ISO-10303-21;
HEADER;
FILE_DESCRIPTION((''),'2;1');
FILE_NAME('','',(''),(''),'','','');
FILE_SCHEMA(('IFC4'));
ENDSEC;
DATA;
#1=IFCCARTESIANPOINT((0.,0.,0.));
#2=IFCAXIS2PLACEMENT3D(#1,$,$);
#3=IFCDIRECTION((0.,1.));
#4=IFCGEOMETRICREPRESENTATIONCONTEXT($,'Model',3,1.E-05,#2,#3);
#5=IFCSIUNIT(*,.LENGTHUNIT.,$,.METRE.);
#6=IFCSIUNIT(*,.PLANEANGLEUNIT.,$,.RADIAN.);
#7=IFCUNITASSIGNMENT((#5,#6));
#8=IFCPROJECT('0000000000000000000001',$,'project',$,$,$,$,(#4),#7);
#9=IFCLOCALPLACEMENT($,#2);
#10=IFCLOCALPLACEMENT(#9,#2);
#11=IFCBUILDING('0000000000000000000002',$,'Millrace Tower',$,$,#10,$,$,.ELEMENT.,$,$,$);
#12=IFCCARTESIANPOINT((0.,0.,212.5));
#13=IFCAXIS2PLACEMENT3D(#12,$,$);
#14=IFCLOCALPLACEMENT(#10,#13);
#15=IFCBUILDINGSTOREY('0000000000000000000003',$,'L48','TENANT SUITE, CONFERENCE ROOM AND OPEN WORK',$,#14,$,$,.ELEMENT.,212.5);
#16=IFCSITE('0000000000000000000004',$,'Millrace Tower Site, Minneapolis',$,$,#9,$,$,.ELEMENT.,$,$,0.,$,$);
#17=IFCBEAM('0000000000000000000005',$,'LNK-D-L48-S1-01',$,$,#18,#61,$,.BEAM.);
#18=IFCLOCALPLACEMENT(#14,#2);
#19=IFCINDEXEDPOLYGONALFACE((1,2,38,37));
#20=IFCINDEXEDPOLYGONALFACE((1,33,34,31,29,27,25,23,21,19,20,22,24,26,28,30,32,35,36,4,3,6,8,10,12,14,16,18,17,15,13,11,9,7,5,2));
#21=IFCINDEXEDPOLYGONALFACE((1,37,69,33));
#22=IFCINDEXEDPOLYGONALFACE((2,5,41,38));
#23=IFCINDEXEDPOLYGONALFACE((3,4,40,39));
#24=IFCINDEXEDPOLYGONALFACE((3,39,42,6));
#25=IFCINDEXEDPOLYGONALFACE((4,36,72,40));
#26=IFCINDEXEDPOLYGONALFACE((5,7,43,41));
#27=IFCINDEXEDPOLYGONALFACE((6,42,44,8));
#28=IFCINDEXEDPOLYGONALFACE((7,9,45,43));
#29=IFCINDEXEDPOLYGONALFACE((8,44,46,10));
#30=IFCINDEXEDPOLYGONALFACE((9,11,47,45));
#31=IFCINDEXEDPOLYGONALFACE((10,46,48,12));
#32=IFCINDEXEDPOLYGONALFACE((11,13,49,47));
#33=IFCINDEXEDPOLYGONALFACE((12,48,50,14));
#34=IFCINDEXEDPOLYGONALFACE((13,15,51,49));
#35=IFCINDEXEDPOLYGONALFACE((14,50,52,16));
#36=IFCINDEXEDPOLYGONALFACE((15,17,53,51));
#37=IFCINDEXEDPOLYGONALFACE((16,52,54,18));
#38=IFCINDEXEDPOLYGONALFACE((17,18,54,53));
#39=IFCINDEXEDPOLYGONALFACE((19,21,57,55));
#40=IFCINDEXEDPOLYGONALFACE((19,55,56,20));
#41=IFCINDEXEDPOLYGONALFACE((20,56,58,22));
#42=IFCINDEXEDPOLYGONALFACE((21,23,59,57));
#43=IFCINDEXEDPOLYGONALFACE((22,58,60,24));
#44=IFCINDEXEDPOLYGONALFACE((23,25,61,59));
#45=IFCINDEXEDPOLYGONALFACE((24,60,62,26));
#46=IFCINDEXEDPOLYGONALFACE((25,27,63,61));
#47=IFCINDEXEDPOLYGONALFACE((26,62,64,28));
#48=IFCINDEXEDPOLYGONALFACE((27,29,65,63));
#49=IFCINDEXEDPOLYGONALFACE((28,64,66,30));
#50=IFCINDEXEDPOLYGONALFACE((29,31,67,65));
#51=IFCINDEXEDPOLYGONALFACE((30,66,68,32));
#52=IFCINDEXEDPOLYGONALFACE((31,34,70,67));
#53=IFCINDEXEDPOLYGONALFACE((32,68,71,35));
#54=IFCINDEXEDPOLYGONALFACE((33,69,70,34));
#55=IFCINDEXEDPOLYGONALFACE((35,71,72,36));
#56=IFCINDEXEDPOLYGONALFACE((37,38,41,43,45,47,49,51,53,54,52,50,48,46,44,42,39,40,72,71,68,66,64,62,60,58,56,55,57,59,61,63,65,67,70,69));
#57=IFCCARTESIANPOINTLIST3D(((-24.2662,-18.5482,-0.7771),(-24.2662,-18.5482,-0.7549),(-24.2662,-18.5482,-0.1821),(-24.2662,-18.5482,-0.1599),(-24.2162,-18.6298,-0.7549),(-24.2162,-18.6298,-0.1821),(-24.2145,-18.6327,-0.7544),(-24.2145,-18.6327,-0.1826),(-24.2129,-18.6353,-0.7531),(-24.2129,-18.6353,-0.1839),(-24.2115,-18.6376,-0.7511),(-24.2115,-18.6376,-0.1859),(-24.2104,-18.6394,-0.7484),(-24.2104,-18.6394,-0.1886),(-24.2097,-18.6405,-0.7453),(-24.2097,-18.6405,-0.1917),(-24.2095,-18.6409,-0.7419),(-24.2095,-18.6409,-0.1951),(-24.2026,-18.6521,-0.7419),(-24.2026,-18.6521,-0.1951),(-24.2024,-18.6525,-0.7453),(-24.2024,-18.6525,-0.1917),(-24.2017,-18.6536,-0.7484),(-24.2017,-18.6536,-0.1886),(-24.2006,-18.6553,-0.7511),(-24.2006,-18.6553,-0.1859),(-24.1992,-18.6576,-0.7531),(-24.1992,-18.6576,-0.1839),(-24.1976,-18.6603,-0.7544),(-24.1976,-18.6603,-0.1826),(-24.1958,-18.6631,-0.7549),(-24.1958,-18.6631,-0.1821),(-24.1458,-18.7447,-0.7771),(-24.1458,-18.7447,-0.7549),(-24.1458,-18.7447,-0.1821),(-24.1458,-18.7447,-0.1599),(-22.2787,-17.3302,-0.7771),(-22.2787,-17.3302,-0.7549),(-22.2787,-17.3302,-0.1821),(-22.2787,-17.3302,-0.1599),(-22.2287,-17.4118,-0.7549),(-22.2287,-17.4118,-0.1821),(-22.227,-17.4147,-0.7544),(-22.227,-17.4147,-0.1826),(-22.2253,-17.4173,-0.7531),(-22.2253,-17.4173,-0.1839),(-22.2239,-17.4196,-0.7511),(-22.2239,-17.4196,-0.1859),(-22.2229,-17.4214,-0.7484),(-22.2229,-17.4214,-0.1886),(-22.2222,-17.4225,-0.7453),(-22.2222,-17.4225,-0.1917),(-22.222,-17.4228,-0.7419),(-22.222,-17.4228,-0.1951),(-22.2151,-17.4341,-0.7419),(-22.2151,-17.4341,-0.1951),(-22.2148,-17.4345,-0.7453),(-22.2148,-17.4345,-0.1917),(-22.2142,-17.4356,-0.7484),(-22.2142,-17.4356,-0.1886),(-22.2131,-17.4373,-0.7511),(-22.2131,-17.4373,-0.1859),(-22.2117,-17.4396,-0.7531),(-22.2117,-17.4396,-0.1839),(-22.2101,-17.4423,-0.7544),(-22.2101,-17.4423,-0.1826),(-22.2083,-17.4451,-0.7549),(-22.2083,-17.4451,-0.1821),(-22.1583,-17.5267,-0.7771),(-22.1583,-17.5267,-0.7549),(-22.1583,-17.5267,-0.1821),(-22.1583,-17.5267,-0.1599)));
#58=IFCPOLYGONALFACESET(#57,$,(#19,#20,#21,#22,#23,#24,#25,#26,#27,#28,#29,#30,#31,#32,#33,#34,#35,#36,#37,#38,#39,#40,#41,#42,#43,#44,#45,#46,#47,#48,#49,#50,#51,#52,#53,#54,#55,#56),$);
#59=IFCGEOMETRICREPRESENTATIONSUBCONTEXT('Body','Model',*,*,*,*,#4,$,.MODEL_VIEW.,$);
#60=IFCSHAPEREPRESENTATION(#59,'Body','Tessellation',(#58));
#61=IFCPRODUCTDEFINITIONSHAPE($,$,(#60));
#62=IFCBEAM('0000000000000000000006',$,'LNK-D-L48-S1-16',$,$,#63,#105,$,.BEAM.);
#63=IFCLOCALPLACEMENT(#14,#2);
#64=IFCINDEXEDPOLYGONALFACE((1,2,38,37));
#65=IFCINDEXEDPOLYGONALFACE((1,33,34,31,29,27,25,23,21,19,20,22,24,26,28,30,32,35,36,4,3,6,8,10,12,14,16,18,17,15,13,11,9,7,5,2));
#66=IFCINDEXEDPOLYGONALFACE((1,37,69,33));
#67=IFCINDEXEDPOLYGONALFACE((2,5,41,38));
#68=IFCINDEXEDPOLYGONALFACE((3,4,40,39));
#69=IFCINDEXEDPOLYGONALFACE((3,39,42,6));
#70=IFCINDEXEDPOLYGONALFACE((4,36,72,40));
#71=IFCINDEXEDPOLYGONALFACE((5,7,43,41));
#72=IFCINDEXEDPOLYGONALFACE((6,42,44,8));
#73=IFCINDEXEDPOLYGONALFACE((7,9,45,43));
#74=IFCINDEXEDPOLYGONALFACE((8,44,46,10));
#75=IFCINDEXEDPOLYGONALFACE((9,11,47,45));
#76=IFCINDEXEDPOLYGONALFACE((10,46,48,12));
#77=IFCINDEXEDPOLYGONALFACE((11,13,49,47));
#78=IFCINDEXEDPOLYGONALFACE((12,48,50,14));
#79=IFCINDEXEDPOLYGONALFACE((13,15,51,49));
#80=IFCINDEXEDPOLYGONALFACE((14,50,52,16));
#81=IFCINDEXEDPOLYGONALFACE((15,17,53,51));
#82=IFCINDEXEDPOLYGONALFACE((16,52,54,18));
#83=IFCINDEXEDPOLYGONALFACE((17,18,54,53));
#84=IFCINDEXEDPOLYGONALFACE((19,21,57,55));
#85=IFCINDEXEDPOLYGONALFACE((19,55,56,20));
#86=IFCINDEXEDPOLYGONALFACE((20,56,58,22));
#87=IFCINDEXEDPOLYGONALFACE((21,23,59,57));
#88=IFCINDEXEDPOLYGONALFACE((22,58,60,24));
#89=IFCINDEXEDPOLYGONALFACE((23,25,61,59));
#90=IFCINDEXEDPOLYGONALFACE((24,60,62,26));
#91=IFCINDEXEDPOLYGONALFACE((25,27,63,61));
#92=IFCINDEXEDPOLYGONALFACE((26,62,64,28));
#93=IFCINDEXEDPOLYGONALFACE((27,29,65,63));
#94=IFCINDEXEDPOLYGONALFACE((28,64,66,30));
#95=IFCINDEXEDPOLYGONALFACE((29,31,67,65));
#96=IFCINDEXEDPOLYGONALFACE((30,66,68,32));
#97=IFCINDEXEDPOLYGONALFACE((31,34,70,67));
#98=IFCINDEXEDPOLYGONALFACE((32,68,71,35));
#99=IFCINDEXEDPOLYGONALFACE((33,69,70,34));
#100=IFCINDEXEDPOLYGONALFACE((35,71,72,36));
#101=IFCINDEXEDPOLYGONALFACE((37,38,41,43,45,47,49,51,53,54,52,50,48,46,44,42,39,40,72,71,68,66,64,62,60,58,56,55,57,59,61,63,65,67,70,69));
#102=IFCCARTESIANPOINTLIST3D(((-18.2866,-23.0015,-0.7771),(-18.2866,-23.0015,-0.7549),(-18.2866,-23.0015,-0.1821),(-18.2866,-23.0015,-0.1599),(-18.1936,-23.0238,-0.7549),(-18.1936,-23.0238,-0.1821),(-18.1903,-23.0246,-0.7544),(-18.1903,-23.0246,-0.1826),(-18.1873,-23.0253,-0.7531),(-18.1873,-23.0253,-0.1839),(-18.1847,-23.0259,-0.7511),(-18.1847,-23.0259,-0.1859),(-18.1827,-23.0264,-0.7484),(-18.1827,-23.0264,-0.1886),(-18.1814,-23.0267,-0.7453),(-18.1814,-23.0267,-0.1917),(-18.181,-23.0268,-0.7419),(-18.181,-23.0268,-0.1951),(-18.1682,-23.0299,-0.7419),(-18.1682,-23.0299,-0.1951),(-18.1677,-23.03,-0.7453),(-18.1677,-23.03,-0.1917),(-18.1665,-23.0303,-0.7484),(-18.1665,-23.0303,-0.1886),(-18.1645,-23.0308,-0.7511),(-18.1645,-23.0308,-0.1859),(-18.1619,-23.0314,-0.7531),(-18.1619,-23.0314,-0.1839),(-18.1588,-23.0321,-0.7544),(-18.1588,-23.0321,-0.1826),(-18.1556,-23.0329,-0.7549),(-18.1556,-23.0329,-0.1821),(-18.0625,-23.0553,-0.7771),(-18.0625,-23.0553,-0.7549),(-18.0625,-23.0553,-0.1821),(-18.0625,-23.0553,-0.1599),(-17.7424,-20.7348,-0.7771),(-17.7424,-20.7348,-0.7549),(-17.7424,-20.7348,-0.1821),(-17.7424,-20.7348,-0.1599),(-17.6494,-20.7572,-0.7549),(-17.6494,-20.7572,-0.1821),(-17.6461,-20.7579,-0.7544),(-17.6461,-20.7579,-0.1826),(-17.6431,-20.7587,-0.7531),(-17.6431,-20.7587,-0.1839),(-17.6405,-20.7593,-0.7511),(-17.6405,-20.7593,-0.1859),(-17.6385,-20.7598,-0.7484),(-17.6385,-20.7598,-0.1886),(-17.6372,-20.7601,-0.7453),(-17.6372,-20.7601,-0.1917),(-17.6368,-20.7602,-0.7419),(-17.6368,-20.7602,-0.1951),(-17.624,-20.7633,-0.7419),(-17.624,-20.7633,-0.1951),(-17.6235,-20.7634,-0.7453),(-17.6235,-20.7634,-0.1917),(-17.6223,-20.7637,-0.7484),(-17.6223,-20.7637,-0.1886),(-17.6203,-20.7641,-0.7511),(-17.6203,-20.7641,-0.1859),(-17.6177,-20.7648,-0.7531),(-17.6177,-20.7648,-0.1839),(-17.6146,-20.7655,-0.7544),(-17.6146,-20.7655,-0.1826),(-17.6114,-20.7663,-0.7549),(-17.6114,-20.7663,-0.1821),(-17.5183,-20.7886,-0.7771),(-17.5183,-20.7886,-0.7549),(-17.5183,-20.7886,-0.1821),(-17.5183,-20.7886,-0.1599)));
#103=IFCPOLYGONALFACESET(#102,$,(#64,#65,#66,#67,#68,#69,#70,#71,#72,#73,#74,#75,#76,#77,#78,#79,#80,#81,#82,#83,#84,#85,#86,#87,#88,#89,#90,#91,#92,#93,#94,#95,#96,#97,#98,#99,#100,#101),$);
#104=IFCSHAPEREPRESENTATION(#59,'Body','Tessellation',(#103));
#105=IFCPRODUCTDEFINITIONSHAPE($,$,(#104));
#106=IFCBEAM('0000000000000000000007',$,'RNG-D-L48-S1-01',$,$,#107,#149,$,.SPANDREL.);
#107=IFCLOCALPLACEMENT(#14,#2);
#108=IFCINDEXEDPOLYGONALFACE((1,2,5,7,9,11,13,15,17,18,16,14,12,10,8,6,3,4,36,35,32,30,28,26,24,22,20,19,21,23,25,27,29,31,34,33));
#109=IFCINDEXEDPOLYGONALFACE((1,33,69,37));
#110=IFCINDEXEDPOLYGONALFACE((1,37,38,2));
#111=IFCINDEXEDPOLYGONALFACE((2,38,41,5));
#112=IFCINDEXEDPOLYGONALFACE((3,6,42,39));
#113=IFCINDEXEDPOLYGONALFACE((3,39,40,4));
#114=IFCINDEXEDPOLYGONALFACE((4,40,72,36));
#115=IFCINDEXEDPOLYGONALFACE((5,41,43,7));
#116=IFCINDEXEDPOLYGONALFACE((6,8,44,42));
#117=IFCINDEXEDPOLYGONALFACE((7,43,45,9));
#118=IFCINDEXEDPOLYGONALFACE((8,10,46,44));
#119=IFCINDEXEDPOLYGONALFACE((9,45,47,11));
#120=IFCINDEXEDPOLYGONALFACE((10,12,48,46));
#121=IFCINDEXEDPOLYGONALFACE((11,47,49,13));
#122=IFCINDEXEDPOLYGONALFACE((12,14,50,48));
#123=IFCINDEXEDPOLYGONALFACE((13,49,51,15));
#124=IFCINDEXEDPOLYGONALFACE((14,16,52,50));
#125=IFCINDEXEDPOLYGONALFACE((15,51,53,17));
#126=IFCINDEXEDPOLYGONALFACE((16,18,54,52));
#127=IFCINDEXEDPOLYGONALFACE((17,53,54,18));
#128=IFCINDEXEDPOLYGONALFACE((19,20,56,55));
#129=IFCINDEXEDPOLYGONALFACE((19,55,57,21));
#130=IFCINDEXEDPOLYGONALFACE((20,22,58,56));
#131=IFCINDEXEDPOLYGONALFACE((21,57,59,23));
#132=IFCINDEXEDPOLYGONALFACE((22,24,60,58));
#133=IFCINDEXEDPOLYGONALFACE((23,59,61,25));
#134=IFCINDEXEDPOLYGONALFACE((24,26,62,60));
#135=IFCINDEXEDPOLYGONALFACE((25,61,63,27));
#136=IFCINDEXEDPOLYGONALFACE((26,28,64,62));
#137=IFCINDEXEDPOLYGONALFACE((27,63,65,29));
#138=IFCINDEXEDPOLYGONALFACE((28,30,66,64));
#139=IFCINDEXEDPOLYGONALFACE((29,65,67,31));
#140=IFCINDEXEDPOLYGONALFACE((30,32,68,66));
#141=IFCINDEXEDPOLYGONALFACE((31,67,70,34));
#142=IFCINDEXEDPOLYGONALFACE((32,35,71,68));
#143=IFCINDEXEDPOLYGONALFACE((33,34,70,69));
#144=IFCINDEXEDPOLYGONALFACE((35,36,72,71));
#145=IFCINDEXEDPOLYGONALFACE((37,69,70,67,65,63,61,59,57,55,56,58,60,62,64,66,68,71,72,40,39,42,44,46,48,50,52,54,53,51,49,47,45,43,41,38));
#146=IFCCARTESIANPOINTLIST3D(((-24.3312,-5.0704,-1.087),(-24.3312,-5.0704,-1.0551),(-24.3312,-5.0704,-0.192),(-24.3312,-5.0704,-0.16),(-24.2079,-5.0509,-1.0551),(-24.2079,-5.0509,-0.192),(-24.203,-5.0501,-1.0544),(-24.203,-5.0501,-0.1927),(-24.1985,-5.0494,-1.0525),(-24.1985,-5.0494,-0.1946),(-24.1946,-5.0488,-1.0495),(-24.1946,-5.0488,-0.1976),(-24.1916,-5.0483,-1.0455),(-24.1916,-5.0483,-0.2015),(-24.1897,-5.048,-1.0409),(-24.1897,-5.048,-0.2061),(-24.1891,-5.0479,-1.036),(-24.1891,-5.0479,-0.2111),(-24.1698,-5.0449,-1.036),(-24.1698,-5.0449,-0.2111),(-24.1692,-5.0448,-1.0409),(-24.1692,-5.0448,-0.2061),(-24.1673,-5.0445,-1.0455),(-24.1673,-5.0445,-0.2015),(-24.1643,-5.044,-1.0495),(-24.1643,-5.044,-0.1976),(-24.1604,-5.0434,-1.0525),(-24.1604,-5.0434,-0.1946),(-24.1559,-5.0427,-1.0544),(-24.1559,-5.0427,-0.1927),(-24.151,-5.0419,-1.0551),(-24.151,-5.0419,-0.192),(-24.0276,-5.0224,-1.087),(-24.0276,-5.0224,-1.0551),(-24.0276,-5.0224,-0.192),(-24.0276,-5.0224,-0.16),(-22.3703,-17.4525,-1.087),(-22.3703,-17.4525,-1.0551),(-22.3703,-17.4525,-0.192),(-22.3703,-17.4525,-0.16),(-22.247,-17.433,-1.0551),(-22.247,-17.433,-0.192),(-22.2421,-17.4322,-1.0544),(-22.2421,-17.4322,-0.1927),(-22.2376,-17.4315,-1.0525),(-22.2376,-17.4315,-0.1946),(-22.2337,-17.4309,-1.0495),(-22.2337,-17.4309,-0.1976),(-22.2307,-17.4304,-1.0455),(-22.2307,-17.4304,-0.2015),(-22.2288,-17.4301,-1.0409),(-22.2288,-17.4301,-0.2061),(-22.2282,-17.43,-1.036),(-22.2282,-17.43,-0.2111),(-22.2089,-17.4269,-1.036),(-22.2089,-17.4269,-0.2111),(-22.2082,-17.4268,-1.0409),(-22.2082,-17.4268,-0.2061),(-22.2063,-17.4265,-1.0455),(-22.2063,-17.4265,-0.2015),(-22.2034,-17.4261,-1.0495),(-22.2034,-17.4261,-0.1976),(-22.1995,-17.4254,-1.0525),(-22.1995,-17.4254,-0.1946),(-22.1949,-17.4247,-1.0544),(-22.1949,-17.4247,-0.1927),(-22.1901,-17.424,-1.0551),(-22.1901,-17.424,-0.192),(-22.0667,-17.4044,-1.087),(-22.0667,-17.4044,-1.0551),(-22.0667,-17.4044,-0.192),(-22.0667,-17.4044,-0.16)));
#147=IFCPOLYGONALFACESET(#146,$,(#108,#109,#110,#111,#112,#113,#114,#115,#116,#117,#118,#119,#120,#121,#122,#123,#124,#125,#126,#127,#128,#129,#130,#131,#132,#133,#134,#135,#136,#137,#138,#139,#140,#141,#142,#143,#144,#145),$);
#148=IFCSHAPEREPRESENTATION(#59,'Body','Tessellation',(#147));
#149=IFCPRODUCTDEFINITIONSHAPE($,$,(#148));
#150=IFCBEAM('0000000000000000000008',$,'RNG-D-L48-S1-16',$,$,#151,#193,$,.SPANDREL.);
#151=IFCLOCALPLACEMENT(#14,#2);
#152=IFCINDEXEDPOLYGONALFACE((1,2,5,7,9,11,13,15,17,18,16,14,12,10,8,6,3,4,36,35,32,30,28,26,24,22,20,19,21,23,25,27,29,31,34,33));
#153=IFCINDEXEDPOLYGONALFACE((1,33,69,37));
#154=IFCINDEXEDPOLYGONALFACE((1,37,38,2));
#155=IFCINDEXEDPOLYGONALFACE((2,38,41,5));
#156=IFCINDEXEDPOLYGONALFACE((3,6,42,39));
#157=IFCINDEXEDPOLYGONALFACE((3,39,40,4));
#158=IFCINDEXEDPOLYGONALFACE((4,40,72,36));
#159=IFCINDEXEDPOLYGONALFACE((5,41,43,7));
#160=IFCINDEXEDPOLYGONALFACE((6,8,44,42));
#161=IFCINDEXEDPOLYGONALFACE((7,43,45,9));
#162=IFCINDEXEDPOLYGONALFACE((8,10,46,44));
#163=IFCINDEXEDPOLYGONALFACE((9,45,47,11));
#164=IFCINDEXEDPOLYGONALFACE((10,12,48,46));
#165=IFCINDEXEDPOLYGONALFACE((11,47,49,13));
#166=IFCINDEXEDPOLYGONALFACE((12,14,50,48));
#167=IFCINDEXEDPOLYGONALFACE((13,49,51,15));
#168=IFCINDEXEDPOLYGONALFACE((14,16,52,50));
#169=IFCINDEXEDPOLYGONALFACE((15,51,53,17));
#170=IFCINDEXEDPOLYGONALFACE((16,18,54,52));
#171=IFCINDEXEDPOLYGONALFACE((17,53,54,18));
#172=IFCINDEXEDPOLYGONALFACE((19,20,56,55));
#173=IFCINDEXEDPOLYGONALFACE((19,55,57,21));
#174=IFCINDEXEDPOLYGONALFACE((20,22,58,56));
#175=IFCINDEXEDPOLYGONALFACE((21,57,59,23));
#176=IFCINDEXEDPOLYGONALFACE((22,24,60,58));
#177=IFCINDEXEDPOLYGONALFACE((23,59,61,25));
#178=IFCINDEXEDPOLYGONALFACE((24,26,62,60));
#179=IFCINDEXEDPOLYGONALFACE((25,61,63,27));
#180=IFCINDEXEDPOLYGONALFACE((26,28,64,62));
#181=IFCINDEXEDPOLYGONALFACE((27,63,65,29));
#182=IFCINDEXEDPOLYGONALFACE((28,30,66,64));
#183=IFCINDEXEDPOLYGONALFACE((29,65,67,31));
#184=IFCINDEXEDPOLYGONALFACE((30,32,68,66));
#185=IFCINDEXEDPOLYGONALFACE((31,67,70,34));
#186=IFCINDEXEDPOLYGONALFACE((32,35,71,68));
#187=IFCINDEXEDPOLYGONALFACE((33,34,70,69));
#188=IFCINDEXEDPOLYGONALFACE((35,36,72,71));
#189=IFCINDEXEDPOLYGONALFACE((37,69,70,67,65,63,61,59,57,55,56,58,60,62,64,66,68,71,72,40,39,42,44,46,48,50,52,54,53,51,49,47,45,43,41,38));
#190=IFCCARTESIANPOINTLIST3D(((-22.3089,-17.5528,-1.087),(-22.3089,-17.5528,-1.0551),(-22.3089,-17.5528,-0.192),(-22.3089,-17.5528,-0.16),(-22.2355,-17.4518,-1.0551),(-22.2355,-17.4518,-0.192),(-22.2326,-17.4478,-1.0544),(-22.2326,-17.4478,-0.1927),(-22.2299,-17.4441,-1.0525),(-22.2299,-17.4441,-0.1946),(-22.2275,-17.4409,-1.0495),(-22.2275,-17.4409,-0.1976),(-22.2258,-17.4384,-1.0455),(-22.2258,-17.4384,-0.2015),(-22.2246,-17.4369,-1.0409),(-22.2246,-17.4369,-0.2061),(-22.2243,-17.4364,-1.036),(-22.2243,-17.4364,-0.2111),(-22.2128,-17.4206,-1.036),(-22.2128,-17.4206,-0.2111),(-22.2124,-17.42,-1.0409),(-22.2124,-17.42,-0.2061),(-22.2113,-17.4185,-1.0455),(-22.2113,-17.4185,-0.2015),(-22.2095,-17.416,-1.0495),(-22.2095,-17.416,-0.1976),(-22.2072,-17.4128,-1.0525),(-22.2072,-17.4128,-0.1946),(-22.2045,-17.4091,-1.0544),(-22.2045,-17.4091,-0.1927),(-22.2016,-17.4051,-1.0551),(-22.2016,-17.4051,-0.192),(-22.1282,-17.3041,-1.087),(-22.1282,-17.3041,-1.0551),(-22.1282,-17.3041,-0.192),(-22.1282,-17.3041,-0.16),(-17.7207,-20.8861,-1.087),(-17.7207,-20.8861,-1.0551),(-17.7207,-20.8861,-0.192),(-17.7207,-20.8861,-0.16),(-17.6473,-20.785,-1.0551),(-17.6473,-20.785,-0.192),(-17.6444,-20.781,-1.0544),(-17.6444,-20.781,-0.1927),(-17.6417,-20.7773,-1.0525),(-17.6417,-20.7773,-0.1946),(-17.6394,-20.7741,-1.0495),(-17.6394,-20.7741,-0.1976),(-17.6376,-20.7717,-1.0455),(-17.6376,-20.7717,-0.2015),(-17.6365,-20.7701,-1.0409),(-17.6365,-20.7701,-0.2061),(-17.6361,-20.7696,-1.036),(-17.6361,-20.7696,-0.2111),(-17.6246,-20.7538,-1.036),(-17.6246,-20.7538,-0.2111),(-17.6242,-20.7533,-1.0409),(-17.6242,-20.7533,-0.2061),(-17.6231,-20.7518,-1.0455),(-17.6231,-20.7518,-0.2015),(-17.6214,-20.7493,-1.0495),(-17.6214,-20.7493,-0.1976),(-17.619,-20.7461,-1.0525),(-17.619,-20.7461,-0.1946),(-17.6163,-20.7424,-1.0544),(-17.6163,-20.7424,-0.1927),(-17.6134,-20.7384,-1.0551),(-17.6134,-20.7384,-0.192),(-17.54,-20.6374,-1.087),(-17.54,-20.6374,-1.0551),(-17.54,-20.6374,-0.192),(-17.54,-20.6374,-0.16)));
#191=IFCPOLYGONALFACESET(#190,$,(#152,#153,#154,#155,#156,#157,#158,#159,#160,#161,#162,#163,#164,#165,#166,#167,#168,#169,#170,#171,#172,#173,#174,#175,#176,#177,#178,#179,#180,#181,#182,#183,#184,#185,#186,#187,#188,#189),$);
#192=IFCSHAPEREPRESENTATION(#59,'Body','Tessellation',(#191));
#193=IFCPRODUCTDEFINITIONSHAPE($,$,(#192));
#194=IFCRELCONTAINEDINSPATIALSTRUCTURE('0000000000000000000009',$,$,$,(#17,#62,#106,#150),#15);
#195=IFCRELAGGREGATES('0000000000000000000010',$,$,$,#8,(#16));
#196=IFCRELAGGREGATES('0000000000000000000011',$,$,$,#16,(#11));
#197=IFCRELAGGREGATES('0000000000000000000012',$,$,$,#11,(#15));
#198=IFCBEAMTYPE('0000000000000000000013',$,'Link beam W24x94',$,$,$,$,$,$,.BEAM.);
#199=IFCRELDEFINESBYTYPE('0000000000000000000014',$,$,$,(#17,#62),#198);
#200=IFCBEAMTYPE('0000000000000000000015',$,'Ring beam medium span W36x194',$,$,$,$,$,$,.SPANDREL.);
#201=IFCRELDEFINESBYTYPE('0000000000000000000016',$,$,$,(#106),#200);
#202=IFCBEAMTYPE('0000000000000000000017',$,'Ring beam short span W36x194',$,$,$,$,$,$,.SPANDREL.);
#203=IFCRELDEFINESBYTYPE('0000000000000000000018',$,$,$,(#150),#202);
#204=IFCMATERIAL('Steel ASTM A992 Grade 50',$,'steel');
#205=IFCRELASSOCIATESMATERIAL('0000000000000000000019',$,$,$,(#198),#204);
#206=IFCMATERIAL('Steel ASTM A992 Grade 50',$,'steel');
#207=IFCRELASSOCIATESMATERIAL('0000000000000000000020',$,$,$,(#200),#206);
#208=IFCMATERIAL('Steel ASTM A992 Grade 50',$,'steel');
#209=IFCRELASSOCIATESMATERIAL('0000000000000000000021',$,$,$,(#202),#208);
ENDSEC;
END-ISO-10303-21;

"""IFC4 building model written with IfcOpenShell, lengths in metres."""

from ifc_helpers import new_model, si_unit, direction, frame, origin, origin_2d, place, context, subcontext, project, spatial, i_section, extrude, material, material_profile, profile_set, type_object, element, save


model = new_model("IFC4")

# Units and contexts
model_context = context("Model", 3, precision=1e-05, world=origin(), true_north=direction((0.0, 1.0)))
body_context = subcontext(model_context, "Body", "Model", "MODEL_VIEW")
ifc_project = project(units=[si_unit("LENGTHUNIT", "METRE"), si_unit("PLANEANGLEUNIT", "RADIAN")], contexts=[model_context])

# Site, building, storey
site_placement = place(None, origin())
site = spatial("IfcSite", under=ifc_project, at=site_placement, Name="Millrace Tower Site, Minneapolis", CompositionType="ELEMENT", RefElevation=0.0)
building_placement = place(site_placement, origin())
building = spatial("IfcBuilding", under=site, at=building_placement, Name="Millrace Tower", CompositionType="ELEMENT")
storey_placement = place(building_placement, frame((0.0, 0.0, 212.5)))
storey = spatial("IfcBuildingStorey", under=building, at=storey_placement, Name="L48", Description="TENANT SUITE, CONFERENCE ROOM AND OPEN WORK", CompositionType="ELEMENT", Elevation=212.5)

# Beams
ifc_material_1 = material(Name="Steel ASTM A992 Grade 50", Category="steel")
ifc_material_profile_1 = material_profile(ifc_material_1, i_section(OverallWidth=0.2305, OverallDepth=0.6172, WebThickness=0.0132, FlangeThickness=0.0222, FilletRadius=0.0129, at=origin_2d()))
ifc_profile_set_1 = profile_set([ifc_material_profile_1], Name="Steel ASTM A992 Grade 50")
beam_type_1 = type_object("IfcBeamType", Name="Link beam W24x94", PredefinedType="BEAM", material=ifc_profile_set_1)
for number, where, z_axis, x_axis, name in (
    (1, (-22.2185, -17.4285, -0.4685), (-0.852631, -0.522513, 0.0), (0.522513, -0.852631, 0.0), "LNK-D-L48-S1-01"),
    (2, (-17.6304, -20.7617, -0.4685), (-0.233456, -0.972367, 0.0), (0.972367, -0.233456, 0.0), "LNK-D-L48-S1-16"),
):
    element("IfcBeam", number, at=place(storey_placement, frame(where, z_axis=z_axis, x_axis=x_axis)), inside=storey, type_object=beam_type_1, Name=name, PredefinedType="BEAM", context=body_context, shape_type="SweptSolid", body=[
        extrude(i_section(OverallWidth=0.2305, OverallDepth=0.6172, WebThickness=0.0132, FlangeThickness=0.0222, FilletRadius=0.0129, at=origin_2d()), origin(), (0.0, 0.0, 1.0), 2.3311),
    ])
ifc_material_2 = material(Name="Steel ASTM A992 Grade 50", Category="steel")
ifc_material_profile_2 = material_profile(ifc_material_2, i_section(OverallWidth=0.3074, OverallDepth=0.927, WebThickness=0.0195, FlangeThickness=0.032, FilletRadius=0.019, at=origin_2d()))
ifc_profile_set_2 = profile_set([ifc_material_profile_2], Name="Steel ASTM A992 Grade 50")
beam_type_2 = type_object("IfcBeamType", Name="Ring beam medium span W36x194", PredefinedType="SPANDREL", material=ifc_profile_set_2)
beam_1_placement = place(storey_placement, frame((-22.2185, -17.4285, -0.6235), z_axis=(-0.15642, 0.987691, 0.0), x_axis=(-0.987691, -0.15642, 0.0)))
element("IfcBeam", 3, at=beam_1_placement, inside=storey, type_object=beam_type_2, Name="RNG-D-L48-S1-01", PredefinedType="SPANDREL", context=body_context, shape_type="SweptSolid", body=[
    extrude(i_section(OverallWidth=0.3074, OverallDepth=0.927, WebThickness=0.0195, FlangeThickness=0.032, FilletRadius=0.019, at=origin_2d()), origin(), (0.0, 0.0, 1.0), 12.5364),
])
ifc_material_3 = material(Name="Steel ASTM A992 Grade 50", Category="steel")
ifc_material_profile_3 = material_profile(ifc_material_3, i_section(OverallWidth=0.3074, OverallDepth=0.927, WebThickness=0.0195, FlangeThickness=0.032, FilletRadius=0.019, at=origin_2d()))
ifc_profile_set_3 = profile_set([ifc_material_profile_3], Name="Steel ASTM A992 Grade 50")
beam_type_3 = type_object("IfcBeamType", Name="Ring beam short span W36x194", PredefinedType="SPANDREL", material=ifc_profile_set_3)
beam_2_placement = place(storey_placement, frame((-17.6304, -20.7617, -0.6235), z_axis=(-0.809036, 0.58776, 0.0), x_axis=(-0.58776, -0.809036, 0.0)))
element("IfcBeam", 4, at=beam_2_placement, inside=storey, type_object=beam_type_3, Name="RNG-D-L48-S1-16", PredefinedType="SPANDREL", context=body_context, shape_type="SweptSolid", body=[
    extrude(i_section(OverallWidth=0.3074, OverallDepth=0.927, WebThickness=0.0195, FlangeThickness=0.032, FilletRadius=0.019, at=origin_2d()), origin(), (0.0, 0.0, 1.0), 5.6711),
])

save(model, "model.ifc")
